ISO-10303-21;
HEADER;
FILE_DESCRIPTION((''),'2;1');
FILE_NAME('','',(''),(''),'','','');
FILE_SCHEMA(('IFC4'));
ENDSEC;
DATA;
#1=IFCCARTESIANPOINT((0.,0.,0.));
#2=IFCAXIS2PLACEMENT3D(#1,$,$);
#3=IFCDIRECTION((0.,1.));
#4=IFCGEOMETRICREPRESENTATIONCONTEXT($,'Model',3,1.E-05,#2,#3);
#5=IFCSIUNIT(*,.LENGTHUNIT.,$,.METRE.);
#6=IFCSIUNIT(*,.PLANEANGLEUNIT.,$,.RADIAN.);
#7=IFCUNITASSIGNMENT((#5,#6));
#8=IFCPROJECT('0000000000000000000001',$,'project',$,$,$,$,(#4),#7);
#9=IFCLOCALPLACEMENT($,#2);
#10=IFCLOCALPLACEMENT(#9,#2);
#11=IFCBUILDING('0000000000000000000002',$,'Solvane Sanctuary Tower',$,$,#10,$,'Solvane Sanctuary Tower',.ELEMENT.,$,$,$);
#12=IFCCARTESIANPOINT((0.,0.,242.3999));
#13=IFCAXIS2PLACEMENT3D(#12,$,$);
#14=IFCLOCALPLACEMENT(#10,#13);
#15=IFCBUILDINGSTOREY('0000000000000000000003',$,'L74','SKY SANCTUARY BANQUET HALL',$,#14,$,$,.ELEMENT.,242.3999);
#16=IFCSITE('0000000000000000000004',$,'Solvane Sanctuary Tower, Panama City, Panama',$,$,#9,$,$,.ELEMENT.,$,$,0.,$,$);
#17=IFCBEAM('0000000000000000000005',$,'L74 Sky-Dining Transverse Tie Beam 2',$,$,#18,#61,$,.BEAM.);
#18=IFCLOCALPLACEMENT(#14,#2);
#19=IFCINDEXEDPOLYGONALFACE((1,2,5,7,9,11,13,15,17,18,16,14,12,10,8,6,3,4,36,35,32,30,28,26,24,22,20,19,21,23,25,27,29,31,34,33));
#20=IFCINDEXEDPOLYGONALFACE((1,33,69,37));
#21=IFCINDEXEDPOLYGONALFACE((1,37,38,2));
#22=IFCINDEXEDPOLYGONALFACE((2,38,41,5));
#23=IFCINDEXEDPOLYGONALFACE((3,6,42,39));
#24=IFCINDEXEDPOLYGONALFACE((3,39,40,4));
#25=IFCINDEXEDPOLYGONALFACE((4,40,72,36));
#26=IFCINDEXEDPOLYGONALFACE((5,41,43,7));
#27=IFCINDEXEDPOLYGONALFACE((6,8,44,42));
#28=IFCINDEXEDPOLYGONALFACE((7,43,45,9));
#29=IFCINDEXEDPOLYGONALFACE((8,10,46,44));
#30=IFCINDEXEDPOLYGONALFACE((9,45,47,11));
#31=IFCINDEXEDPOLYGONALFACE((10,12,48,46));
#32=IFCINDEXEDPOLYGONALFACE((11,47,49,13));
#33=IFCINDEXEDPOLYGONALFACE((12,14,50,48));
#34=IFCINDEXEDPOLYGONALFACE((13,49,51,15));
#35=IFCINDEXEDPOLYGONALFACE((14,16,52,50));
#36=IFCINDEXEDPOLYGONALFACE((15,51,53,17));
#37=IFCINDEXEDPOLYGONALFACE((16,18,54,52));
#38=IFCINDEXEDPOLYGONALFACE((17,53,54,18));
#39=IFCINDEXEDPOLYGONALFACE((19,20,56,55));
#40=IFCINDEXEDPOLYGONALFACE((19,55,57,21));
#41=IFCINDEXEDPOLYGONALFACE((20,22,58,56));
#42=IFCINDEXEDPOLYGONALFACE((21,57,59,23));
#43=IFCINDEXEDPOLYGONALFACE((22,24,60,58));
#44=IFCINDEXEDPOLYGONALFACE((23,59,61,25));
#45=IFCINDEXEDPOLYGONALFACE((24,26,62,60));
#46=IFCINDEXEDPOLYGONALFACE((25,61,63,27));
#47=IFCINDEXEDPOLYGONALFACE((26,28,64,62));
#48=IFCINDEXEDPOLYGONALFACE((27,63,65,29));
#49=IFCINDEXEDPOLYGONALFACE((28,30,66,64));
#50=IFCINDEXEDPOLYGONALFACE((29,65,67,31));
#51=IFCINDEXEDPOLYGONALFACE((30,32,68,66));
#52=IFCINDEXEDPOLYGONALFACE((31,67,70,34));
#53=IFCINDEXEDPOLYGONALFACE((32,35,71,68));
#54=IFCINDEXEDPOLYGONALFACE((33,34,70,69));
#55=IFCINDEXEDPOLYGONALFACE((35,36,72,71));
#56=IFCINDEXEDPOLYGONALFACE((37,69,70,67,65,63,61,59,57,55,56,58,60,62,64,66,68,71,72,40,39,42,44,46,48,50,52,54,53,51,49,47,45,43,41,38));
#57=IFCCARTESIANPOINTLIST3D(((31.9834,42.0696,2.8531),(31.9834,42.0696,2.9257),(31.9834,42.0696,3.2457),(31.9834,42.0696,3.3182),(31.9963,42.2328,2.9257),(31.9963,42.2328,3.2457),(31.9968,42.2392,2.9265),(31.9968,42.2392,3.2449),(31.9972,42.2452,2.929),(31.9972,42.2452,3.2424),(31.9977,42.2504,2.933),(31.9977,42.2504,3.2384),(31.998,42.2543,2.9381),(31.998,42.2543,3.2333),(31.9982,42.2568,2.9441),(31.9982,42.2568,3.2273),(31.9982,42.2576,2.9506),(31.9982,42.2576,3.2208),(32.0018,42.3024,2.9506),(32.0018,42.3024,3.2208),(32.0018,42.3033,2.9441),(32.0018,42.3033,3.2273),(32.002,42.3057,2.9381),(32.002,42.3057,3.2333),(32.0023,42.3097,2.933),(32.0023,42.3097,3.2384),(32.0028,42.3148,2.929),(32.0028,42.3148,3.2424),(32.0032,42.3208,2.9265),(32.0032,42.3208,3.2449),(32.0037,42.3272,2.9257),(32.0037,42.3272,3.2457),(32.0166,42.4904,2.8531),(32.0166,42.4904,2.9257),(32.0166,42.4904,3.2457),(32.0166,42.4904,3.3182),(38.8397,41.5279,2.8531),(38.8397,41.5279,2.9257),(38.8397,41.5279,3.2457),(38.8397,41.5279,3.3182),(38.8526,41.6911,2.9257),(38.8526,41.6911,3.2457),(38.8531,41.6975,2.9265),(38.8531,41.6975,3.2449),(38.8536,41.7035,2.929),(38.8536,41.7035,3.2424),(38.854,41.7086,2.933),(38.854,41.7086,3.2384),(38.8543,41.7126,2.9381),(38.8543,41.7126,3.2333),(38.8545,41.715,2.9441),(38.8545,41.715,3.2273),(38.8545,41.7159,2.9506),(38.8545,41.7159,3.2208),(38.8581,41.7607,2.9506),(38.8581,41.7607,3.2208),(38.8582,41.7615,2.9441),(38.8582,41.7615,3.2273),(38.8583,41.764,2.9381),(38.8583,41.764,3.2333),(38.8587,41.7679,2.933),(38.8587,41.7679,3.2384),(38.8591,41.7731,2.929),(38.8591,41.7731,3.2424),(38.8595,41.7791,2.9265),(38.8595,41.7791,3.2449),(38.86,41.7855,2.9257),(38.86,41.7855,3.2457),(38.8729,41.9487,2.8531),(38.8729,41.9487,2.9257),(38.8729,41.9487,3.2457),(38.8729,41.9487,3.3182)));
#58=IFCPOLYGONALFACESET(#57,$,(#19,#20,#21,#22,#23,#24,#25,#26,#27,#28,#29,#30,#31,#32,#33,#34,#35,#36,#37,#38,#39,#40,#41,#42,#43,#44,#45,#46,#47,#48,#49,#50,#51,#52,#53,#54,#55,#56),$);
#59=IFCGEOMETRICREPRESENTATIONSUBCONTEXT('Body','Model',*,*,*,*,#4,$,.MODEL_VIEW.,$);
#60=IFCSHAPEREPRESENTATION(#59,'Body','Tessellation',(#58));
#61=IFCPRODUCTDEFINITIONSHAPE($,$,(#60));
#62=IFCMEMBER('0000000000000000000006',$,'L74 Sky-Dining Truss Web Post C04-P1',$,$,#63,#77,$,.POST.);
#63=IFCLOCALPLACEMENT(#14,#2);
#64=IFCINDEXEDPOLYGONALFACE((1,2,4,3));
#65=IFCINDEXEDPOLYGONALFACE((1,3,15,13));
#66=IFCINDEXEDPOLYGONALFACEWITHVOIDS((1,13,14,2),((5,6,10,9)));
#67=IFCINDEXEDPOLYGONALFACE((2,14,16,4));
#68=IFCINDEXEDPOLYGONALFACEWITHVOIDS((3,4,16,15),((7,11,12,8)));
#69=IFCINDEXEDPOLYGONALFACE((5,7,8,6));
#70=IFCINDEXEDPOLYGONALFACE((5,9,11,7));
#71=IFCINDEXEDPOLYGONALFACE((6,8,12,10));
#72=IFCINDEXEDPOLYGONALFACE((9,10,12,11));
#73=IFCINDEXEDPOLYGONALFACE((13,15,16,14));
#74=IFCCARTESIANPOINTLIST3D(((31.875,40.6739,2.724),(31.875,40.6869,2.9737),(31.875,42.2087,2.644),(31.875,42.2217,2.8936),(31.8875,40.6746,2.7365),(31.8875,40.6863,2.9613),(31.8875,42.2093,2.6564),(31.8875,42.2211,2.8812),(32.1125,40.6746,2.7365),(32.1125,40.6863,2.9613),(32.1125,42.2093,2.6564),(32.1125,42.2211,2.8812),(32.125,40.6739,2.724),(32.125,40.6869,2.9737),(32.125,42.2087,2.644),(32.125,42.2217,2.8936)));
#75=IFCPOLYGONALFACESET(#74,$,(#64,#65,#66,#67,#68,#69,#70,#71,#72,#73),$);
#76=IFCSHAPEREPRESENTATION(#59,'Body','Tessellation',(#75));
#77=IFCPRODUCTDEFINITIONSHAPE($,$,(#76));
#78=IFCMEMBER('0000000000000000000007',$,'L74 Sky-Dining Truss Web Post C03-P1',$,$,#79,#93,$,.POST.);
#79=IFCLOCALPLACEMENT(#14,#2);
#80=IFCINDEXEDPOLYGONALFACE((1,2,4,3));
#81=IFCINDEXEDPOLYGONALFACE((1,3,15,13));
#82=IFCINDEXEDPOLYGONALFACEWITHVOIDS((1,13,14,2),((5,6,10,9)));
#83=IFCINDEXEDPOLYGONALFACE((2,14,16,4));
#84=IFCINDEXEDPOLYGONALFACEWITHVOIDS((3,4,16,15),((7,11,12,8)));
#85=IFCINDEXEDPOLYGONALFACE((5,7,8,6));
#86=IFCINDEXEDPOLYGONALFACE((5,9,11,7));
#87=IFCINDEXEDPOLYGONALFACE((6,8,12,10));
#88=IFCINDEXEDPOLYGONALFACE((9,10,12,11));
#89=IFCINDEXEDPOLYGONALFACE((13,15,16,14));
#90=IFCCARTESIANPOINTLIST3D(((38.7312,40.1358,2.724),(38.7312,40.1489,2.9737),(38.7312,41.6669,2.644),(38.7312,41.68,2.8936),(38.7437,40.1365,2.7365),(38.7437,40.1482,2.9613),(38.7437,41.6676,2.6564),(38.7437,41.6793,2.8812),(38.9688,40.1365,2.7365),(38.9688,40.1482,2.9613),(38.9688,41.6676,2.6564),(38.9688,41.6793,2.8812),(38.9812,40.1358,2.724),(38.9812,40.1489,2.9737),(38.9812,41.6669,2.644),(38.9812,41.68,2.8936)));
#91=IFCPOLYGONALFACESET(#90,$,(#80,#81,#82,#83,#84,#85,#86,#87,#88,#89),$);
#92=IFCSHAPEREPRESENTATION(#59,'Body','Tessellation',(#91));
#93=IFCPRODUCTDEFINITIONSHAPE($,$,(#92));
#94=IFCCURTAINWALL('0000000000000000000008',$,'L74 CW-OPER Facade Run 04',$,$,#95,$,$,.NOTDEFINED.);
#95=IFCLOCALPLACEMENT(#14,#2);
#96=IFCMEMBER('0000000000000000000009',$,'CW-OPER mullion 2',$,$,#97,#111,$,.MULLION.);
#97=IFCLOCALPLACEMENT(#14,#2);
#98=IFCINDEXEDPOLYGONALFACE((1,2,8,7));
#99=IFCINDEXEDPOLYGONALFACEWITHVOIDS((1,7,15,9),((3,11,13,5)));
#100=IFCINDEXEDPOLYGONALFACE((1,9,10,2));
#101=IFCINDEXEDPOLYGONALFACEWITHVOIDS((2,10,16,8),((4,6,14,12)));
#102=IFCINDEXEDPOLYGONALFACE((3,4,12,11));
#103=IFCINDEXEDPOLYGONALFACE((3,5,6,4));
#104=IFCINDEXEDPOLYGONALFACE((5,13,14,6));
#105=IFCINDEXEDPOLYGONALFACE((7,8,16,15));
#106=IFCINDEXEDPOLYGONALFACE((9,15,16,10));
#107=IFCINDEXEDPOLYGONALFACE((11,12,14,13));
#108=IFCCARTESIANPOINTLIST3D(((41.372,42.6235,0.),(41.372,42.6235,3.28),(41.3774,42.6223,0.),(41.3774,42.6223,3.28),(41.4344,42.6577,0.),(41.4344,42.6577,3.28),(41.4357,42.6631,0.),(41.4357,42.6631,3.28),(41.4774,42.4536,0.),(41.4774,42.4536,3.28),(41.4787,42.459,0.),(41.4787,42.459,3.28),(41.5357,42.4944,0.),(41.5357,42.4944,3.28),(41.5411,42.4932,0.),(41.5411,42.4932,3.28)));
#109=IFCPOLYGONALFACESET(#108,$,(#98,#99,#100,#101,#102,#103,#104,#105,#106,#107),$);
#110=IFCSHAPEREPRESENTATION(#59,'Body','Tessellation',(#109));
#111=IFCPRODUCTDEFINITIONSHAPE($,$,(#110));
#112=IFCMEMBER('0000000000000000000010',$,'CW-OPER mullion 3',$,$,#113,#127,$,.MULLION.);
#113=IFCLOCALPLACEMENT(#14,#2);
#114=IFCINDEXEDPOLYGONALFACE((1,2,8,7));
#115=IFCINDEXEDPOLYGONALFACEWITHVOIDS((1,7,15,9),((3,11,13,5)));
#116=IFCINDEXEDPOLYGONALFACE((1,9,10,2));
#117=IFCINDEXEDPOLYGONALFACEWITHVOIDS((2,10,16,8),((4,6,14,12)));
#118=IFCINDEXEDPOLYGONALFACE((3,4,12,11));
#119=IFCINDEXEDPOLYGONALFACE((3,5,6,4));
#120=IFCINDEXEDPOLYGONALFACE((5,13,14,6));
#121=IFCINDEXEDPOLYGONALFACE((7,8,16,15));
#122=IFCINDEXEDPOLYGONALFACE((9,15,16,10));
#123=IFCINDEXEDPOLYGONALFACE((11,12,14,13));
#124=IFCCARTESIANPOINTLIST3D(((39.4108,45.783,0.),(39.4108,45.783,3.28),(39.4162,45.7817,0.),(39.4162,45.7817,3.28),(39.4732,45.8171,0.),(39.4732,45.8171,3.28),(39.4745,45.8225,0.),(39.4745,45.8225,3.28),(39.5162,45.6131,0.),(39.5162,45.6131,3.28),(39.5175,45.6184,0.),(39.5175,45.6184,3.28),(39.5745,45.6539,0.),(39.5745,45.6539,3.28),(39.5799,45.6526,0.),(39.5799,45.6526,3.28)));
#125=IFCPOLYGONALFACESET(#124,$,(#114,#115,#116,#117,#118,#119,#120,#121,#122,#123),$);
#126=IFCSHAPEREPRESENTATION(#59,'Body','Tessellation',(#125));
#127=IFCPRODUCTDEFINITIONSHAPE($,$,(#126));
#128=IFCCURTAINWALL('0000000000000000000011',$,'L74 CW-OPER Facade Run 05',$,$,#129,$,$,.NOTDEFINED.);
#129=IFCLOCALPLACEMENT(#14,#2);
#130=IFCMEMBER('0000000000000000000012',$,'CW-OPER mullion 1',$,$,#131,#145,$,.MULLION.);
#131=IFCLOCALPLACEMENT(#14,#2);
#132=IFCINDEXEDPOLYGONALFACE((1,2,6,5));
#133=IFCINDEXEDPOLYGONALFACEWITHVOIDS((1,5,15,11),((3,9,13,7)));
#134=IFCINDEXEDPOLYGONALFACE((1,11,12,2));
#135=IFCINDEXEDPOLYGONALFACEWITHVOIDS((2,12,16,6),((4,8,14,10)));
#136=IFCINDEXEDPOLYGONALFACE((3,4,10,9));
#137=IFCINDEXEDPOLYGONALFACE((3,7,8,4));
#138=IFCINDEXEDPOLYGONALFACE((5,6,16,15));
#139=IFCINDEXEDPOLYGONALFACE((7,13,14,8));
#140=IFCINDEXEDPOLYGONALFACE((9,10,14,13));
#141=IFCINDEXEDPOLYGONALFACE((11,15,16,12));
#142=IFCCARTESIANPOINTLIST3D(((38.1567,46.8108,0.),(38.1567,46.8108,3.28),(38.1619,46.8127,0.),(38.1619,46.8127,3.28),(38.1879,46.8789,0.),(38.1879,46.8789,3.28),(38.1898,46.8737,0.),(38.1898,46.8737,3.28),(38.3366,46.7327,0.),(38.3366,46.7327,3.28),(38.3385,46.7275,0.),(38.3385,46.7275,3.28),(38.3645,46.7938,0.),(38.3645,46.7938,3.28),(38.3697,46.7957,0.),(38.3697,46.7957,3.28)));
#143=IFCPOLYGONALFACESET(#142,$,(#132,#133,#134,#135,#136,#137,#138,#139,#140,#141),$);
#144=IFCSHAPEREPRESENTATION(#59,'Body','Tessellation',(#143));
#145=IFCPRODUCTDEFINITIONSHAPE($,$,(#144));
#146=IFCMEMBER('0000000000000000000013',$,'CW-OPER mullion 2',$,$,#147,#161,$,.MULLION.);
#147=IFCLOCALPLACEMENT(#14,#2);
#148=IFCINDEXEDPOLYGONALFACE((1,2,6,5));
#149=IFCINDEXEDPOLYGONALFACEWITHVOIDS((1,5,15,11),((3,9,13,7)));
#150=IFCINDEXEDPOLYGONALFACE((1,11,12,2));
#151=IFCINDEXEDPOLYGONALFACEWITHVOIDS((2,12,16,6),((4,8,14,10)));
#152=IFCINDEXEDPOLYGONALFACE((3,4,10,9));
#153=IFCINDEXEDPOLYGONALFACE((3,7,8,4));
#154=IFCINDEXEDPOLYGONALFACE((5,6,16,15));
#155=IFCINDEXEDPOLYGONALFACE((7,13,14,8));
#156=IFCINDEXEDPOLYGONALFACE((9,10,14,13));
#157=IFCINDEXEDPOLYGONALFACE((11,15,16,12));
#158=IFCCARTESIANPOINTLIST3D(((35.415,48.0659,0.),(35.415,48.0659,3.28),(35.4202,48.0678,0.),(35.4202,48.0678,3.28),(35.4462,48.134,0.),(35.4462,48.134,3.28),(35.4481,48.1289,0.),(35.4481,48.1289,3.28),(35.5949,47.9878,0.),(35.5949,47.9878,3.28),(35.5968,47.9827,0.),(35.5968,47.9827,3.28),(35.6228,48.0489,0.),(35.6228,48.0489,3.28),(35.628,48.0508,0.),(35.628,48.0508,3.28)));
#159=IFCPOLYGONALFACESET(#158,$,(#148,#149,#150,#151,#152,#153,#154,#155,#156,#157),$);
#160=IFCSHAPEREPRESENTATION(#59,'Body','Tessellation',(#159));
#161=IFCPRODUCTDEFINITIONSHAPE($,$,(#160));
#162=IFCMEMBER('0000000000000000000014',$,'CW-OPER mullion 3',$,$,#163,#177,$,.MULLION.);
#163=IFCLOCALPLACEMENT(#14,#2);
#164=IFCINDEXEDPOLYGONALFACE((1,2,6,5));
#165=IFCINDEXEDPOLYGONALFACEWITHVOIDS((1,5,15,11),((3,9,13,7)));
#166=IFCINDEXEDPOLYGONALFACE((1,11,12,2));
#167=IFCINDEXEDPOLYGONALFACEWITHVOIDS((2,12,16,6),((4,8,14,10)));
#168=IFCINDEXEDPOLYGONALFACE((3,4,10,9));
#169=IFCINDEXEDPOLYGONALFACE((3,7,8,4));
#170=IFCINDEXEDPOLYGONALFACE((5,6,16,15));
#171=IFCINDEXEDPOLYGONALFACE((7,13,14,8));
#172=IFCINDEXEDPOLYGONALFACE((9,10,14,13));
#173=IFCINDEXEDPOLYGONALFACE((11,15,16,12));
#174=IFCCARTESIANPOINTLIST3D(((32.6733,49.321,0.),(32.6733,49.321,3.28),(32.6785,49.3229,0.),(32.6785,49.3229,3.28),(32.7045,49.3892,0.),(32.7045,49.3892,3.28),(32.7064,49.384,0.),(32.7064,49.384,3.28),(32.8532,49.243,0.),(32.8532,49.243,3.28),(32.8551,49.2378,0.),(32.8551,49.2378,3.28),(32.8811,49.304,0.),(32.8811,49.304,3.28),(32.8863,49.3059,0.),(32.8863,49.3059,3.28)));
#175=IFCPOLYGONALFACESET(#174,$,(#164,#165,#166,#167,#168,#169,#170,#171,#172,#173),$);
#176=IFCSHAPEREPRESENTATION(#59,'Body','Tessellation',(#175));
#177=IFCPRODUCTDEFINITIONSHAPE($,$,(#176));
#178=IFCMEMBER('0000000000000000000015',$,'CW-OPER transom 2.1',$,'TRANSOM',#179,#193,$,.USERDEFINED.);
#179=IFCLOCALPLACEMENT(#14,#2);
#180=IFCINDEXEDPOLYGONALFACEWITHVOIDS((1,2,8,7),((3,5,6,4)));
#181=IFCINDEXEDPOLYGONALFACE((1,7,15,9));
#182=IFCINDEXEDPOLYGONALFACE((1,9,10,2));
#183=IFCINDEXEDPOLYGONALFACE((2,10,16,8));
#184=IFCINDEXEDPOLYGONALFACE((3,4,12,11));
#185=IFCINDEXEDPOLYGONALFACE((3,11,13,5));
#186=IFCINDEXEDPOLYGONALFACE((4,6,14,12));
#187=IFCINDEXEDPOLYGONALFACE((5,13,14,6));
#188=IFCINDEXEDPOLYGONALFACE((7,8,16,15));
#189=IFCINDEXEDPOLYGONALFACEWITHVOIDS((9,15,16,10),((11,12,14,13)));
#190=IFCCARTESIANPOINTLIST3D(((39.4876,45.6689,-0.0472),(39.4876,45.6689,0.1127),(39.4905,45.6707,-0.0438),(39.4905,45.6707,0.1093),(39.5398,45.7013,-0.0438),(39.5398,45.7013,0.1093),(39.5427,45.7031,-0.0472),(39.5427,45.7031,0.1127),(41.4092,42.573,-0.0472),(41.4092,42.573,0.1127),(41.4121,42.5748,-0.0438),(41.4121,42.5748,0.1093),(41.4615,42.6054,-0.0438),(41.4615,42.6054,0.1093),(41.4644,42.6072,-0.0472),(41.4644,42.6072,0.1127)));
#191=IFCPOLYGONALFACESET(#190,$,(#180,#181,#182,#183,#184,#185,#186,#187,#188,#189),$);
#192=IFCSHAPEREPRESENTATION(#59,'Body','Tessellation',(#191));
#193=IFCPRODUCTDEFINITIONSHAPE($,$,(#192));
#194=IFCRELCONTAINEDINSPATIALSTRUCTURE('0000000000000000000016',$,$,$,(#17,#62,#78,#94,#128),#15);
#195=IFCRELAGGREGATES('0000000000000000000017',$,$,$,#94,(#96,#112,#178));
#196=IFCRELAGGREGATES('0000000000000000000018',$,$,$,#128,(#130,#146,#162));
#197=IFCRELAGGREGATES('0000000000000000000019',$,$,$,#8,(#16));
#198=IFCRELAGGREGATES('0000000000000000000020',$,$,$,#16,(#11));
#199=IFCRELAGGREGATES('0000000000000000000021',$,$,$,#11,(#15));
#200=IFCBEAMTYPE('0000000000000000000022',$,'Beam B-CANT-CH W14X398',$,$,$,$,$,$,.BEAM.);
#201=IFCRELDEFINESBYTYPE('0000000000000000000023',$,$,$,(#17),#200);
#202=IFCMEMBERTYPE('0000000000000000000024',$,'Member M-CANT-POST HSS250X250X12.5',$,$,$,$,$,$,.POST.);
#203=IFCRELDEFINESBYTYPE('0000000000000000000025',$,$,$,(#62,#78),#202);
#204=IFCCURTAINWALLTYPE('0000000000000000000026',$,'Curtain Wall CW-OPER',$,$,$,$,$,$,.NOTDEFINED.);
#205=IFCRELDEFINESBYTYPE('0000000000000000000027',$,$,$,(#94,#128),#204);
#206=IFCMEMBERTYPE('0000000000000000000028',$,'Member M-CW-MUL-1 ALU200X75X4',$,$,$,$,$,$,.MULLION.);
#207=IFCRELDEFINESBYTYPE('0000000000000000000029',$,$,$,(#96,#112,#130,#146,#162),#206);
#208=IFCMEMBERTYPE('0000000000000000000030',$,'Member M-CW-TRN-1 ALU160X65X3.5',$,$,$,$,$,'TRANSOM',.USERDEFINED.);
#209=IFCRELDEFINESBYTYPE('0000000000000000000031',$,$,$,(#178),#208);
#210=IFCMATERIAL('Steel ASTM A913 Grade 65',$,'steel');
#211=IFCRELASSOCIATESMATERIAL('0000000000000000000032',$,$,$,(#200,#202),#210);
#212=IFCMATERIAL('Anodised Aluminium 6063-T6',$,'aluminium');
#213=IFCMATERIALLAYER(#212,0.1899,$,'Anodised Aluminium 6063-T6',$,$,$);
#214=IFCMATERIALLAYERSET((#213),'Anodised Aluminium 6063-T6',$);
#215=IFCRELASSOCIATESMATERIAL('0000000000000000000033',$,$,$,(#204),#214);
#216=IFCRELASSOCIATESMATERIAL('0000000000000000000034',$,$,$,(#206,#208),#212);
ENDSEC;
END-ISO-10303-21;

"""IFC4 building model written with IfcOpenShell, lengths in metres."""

from ifc_helpers import new_model, si_unit, direction, frame, origin, origin_2d, place, context, subcontext, project, spatial, hollow_rectangle, i_section, extrude, material, layer, layer_set, material_profile, profile_set, type_object, element, aggregate, save


model = new_model("IFC4")

# Units and contexts
model_context = context("Model", 3, precision=1e-05, world=origin(), true_north=direction((0.0, 1.0)))
body_context = subcontext(model_context, "Body", "Model", "MODEL_VIEW")
ifc_project = project(units=[si_unit("LENGTHUNIT", "METRE"), si_unit("PLANEANGLEUNIT", "RADIAN")], contexts=[model_context])

# Site, building, storey
site_placement = place(None, origin())
site = spatial("IfcSite", under=ifc_project, at=site_placement, Name="Solvane Sanctuary Tower, Panama City, Panama", CompositionType="ELEMENT", RefElevation=0.0)
building_placement = place(site_placement, origin())
building = spatial("IfcBuilding", under=site, at=building_placement, Name="Solvane Sanctuary Tower", LongName="Solvane Sanctuary Tower", CompositionType="ELEMENT")
storey_placement = place(building_placement, frame((0.0, 0.0, 242.3999)))
storey = spatial("IfcBuildingStorey", under=building, at=storey_placement, Name="L74", Description="SKY SANCTUARY BANQUET HALL", CompositionType="ELEMENT", Elevation=242.3999)

# Beam
ifc_material_1 = material(Name="Steel ASTM A913 Grade 65", Category="steel")
ifc_material_profile_1 = material_profile(ifc_material_1, i_section(OverallWidth=0.4221, OverallDepth=0.4651, WebThickness=0.0449, FlangeThickness=0.0725, FilletRadius=0.0249, at=origin_2d()), Name="W14X398")
ifc_profile_set_1 = profile_set([ifc_material_profile_1], Name="Steel ASTM A913 Grade 65")
beam_type = type_object("IfcBeamType", Name="Beam B-CANT-CH W14X398", PredefinedType="BEAM", material=ifc_profile_set_1)
beam_placement = place(storey_placement, frame((32.0, 42.28, 3.0857), z_axis=(0.996893, -0.07877, 0.0), x_axis=(0.07877, 0.996893, 0.0)))
element("IfcBeam", 1, at=beam_placement, inside=storey, type_object=beam_type, Name="L74 Sky-Dining Transverse Tie Beam 2", PredefinedType="BEAM", context=body_context, shape_type="SweptSolid", body=[
    extrude(i_section(OverallWidth=0.4221, OverallDepth=0.4651, WebThickness=0.0449, FlangeThickness=0.0725, FilletRadius=0.0249, at=origin_2d()), origin(), (0.0, 0.0, 1.0), 6.8777),
])

# Members
ifc_material_profile_2 = material_profile(ifc_material_1, hollow_rectangle(XDim=0.25, YDim=0.25, WallThickness=0.0125, at=origin_2d()), Name="HSS250X250X12.5")
ifc_profile_set_2 = profile_set([ifc_material_profile_2], Name="Steel ASTM A913 Grade 65")
member_type_1 = type_object("IfcMemberType", Name="Member M-CANT-POST HSS250X250X12.5", PredefinedType="POST", material=ifc_profile_set_2)
member_1_placement = place(storey_placement, frame((32.0, 40.6804, 2.8489), z_axis=(0.0, 0.998641, -0.052109), x_axis=(-1.0, 0.0, 0.0)))
element("IfcMember", 2, at=member_1_placement, inside=storey, type_object=member_type_1, Name="L74 Sky-Dining Truss Web Post C04-P1", PredefinedType="POST", context=body_context, shape_type="SweptSolid", body=[
    extrude(hollow_rectangle(XDim=0.25, YDim=0.25, WallThickness=0.0125, at=origin_2d()), origin(), (0.0, 0.0, 1.0), 1.5369),
])
member_2_placement = place(storey_placement, frame((38.8562, 40.1423, 2.8489), z_axis=(0.0, 0.998635, -0.052233), x_axis=(-1.0, 0.0, 0.0)))
element("IfcMember", 3, at=member_2_placement, inside=storey, type_object=member_type_1, Name="L74 Sky-Dining Truss Web Post C03-P1", PredefinedType="POST", context=body_context, shape_type="SweptSolid", body=[
    extrude(hollow_rectangle(XDim=0.25, YDim=0.25, WallThickness=0.0125, at=origin_2d()), origin(), (0.0, 0.0, 1.0), 1.5332),
])

# Curtain walls, members
ifc_material_2 = material(Name="Anodised Aluminium 6063-T6", Category="aluminium")
ifc_layer_1 = layer(ifc_material_2, 0.1899, Name="Anodised Aluminium 6063-T6")
ifc_layer_set_1 = layer_set([ifc_layer_1], Name="Anodised Aluminium 6063-T6")
curtain_wall_type = type_object("IfcCurtainWallType", Name="Curtain Wall CW-OPER", PredefinedType="NOTDEFINED", material=ifc_layer_set_1)
curtain_wall_1_placement = place(storey_placement, origin())
curtain_wall_1 = element("IfcCurtainWall", 4, at=curtain_wall_1_placement, inside=storey, type_object=curtain_wall_type, Name="L74 CW-OPER Facade Run 04", PredefinedType="NOTDEFINED")
ifc_material_profile_3 = material_profile(ifc_material_2, hollow_rectangle(XDim=0.075, YDim=0.2, WallThickness=0.0039, at=origin_2d()), Name="ALU200X75X4")
ifc_profile_set_3 = profile_set([ifc_material_profile_3], Name="Anodised Aluminium 6063-T6")
member_type_2 = type_object("IfcMemberType", Name="Member M-CW-MUL-1 ALU200X75X4", PredefinedType="MULLION", material=ifc_profile_set_3)
member_3_placement = place(storey_placement, frame((41.4565, 42.5583, 0.0), z_axis=(0.0, 0.0, 1.0), x_axis=(-0.849622, -0.527392, 0.0)))
member_3 = element("IfcMember", 5, at=member_3_placement, type_object=member_type_2, Name="CW-OPER mullion 2", PredefinedType="MULLION", context=body_context, shape_type="SweptSolid", body=[
    extrude(hollow_rectangle(XDim=0.075, YDim=0.2, WallThickness=0.0039, at=origin_2d()), origin(), (0.0, 0.0, 1.0), 3.28),
])
member_4_placement = place(storey_placement, frame((39.4954, 45.7178, 0.0), z_axis=(0.0, 0.0, 1.0), x_axis=(-0.849622, -0.527392, 0.0)))
member_4 = element("IfcMember", 6, at=member_4_placement, type_object=member_type_2, Name="CW-OPER mullion 3", PredefinedType="MULLION", context=body_context, shape_type="SweptSolid", body=[
    extrude(hollow_rectangle(XDim=0.075, YDim=0.2, WallThickness=0.0039, at=origin_2d()), origin(), (0.0, 0.0, 1.0), 3.28),
])
curtain_wall_2_placement = place(storey_placement, origin())
curtain_wall_2 = element("IfcCurtainWall", 7, at=curtain_wall_2_placement, inside=storey, type_object=curtain_wall_type, Name="L74 CW-OPER Facade Run 05", PredefinedType="NOTDEFINED")
member_5_placement = place(storey_placement, frame((38.2632, 46.8032, 0.0), z_axis=(0.0, 0.0, 1.0), x_axis=(-0.416225, -0.909262, 0.0)))
member_5 = element("IfcMember", 8, at=member_5_placement, type_object=member_type_2, Name="CW-OPER mullion 1", PredefinedType="MULLION", context=body_context, shape_type="SweptSolid", body=[
    extrude(hollow_rectangle(XDim=0.075, YDim=0.2, WallThickness=0.0039, at=origin_2d()), origin(), (0.0, 0.0, 1.0), 3.28),
])
member_6_placement = place(storey_placement, frame((35.5215, 48.0583, 0.0), z_axis=(0.0, 0.0, 1.0), x_axis=(-0.416225, -0.909262, 0.0)))
member_6 = element("IfcMember", 9, at=member_6_placement, type_object=member_type_2, Name="CW-OPER mullion 2", PredefinedType="MULLION", context=body_context, shape_type="SweptSolid", body=[
    extrude(hollow_rectangle(XDim=0.075, YDim=0.2, WallThickness=0.0039, at=origin_2d()), origin(), (0.0, 0.0, 1.0), 3.28),
])
member_7_placement = place(storey_placement, frame((32.7798, 49.3135, 0.0), z_axis=(0.0, 0.0, 1.0), x_axis=(-0.416225, -0.909262, 0.0)))
member_7 = element("IfcMember", 10, at=member_7_placement, type_object=member_type_2, Name="CW-OPER mullion 3", PredefinedType="MULLION", context=body_context, shape_type="SweptSolid", body=[
    extrude(hollow_rectangle(XDim=0.075, YDim=0.2, WallThickness=0.0039, at=origin_2d()), origin(), (0.0, 0.0, 1.0), 3.28),
])

# Member
ifc_material_profile_4 = material_profile(ifc_material_2, hollow_rectangle(XDim=0.0649, YDim=0.1599, WallThickness=0.0034, at=origin_2d()), Name="ALU160X65X3.5")
ifc_profile_set_4 = profile_set([ifc_material_profile_4], Name="Anodised Aluminium 6063-T6")
member_type_3 = type_object("IfcMemberType", Name="Member M-CW-TRN-1 ALU160X65X3.5", ElementType="TRANSOM", PredefinedType="USERDEFINED", material=ifc_profile_set_4)
member_8_placement = place(storey_placement, frame((41.4368, 42.5901, 0.0327), z_axis=(-0.527365, 0.849639, 0.0), x_axis=(-0.849639, -0.527365, 0.0)))
member_8 = element("IfcMember", 11, at=member_8_placement, type_object=member_type_3, Name="CW-OPER transom 2.1", ObjectType="TRANSOM", PredefinedType="USERDEFINED", context=body_context, shape_type="SweptSolid", body=[
    extrude(hollow_rectangle(XDim=0.0649, YDim=0.1599, WallThickness=0.0034, at=origin_2d()), origin(), (0.0, 0.0, 1.0), 3.6438),
])

aggregate(curtain_wall_1, [member_3, member_4, member_8])
aggregate(curtain_wall_2, [member_5, member_6, member_7])

save(model, "model.ifc")
